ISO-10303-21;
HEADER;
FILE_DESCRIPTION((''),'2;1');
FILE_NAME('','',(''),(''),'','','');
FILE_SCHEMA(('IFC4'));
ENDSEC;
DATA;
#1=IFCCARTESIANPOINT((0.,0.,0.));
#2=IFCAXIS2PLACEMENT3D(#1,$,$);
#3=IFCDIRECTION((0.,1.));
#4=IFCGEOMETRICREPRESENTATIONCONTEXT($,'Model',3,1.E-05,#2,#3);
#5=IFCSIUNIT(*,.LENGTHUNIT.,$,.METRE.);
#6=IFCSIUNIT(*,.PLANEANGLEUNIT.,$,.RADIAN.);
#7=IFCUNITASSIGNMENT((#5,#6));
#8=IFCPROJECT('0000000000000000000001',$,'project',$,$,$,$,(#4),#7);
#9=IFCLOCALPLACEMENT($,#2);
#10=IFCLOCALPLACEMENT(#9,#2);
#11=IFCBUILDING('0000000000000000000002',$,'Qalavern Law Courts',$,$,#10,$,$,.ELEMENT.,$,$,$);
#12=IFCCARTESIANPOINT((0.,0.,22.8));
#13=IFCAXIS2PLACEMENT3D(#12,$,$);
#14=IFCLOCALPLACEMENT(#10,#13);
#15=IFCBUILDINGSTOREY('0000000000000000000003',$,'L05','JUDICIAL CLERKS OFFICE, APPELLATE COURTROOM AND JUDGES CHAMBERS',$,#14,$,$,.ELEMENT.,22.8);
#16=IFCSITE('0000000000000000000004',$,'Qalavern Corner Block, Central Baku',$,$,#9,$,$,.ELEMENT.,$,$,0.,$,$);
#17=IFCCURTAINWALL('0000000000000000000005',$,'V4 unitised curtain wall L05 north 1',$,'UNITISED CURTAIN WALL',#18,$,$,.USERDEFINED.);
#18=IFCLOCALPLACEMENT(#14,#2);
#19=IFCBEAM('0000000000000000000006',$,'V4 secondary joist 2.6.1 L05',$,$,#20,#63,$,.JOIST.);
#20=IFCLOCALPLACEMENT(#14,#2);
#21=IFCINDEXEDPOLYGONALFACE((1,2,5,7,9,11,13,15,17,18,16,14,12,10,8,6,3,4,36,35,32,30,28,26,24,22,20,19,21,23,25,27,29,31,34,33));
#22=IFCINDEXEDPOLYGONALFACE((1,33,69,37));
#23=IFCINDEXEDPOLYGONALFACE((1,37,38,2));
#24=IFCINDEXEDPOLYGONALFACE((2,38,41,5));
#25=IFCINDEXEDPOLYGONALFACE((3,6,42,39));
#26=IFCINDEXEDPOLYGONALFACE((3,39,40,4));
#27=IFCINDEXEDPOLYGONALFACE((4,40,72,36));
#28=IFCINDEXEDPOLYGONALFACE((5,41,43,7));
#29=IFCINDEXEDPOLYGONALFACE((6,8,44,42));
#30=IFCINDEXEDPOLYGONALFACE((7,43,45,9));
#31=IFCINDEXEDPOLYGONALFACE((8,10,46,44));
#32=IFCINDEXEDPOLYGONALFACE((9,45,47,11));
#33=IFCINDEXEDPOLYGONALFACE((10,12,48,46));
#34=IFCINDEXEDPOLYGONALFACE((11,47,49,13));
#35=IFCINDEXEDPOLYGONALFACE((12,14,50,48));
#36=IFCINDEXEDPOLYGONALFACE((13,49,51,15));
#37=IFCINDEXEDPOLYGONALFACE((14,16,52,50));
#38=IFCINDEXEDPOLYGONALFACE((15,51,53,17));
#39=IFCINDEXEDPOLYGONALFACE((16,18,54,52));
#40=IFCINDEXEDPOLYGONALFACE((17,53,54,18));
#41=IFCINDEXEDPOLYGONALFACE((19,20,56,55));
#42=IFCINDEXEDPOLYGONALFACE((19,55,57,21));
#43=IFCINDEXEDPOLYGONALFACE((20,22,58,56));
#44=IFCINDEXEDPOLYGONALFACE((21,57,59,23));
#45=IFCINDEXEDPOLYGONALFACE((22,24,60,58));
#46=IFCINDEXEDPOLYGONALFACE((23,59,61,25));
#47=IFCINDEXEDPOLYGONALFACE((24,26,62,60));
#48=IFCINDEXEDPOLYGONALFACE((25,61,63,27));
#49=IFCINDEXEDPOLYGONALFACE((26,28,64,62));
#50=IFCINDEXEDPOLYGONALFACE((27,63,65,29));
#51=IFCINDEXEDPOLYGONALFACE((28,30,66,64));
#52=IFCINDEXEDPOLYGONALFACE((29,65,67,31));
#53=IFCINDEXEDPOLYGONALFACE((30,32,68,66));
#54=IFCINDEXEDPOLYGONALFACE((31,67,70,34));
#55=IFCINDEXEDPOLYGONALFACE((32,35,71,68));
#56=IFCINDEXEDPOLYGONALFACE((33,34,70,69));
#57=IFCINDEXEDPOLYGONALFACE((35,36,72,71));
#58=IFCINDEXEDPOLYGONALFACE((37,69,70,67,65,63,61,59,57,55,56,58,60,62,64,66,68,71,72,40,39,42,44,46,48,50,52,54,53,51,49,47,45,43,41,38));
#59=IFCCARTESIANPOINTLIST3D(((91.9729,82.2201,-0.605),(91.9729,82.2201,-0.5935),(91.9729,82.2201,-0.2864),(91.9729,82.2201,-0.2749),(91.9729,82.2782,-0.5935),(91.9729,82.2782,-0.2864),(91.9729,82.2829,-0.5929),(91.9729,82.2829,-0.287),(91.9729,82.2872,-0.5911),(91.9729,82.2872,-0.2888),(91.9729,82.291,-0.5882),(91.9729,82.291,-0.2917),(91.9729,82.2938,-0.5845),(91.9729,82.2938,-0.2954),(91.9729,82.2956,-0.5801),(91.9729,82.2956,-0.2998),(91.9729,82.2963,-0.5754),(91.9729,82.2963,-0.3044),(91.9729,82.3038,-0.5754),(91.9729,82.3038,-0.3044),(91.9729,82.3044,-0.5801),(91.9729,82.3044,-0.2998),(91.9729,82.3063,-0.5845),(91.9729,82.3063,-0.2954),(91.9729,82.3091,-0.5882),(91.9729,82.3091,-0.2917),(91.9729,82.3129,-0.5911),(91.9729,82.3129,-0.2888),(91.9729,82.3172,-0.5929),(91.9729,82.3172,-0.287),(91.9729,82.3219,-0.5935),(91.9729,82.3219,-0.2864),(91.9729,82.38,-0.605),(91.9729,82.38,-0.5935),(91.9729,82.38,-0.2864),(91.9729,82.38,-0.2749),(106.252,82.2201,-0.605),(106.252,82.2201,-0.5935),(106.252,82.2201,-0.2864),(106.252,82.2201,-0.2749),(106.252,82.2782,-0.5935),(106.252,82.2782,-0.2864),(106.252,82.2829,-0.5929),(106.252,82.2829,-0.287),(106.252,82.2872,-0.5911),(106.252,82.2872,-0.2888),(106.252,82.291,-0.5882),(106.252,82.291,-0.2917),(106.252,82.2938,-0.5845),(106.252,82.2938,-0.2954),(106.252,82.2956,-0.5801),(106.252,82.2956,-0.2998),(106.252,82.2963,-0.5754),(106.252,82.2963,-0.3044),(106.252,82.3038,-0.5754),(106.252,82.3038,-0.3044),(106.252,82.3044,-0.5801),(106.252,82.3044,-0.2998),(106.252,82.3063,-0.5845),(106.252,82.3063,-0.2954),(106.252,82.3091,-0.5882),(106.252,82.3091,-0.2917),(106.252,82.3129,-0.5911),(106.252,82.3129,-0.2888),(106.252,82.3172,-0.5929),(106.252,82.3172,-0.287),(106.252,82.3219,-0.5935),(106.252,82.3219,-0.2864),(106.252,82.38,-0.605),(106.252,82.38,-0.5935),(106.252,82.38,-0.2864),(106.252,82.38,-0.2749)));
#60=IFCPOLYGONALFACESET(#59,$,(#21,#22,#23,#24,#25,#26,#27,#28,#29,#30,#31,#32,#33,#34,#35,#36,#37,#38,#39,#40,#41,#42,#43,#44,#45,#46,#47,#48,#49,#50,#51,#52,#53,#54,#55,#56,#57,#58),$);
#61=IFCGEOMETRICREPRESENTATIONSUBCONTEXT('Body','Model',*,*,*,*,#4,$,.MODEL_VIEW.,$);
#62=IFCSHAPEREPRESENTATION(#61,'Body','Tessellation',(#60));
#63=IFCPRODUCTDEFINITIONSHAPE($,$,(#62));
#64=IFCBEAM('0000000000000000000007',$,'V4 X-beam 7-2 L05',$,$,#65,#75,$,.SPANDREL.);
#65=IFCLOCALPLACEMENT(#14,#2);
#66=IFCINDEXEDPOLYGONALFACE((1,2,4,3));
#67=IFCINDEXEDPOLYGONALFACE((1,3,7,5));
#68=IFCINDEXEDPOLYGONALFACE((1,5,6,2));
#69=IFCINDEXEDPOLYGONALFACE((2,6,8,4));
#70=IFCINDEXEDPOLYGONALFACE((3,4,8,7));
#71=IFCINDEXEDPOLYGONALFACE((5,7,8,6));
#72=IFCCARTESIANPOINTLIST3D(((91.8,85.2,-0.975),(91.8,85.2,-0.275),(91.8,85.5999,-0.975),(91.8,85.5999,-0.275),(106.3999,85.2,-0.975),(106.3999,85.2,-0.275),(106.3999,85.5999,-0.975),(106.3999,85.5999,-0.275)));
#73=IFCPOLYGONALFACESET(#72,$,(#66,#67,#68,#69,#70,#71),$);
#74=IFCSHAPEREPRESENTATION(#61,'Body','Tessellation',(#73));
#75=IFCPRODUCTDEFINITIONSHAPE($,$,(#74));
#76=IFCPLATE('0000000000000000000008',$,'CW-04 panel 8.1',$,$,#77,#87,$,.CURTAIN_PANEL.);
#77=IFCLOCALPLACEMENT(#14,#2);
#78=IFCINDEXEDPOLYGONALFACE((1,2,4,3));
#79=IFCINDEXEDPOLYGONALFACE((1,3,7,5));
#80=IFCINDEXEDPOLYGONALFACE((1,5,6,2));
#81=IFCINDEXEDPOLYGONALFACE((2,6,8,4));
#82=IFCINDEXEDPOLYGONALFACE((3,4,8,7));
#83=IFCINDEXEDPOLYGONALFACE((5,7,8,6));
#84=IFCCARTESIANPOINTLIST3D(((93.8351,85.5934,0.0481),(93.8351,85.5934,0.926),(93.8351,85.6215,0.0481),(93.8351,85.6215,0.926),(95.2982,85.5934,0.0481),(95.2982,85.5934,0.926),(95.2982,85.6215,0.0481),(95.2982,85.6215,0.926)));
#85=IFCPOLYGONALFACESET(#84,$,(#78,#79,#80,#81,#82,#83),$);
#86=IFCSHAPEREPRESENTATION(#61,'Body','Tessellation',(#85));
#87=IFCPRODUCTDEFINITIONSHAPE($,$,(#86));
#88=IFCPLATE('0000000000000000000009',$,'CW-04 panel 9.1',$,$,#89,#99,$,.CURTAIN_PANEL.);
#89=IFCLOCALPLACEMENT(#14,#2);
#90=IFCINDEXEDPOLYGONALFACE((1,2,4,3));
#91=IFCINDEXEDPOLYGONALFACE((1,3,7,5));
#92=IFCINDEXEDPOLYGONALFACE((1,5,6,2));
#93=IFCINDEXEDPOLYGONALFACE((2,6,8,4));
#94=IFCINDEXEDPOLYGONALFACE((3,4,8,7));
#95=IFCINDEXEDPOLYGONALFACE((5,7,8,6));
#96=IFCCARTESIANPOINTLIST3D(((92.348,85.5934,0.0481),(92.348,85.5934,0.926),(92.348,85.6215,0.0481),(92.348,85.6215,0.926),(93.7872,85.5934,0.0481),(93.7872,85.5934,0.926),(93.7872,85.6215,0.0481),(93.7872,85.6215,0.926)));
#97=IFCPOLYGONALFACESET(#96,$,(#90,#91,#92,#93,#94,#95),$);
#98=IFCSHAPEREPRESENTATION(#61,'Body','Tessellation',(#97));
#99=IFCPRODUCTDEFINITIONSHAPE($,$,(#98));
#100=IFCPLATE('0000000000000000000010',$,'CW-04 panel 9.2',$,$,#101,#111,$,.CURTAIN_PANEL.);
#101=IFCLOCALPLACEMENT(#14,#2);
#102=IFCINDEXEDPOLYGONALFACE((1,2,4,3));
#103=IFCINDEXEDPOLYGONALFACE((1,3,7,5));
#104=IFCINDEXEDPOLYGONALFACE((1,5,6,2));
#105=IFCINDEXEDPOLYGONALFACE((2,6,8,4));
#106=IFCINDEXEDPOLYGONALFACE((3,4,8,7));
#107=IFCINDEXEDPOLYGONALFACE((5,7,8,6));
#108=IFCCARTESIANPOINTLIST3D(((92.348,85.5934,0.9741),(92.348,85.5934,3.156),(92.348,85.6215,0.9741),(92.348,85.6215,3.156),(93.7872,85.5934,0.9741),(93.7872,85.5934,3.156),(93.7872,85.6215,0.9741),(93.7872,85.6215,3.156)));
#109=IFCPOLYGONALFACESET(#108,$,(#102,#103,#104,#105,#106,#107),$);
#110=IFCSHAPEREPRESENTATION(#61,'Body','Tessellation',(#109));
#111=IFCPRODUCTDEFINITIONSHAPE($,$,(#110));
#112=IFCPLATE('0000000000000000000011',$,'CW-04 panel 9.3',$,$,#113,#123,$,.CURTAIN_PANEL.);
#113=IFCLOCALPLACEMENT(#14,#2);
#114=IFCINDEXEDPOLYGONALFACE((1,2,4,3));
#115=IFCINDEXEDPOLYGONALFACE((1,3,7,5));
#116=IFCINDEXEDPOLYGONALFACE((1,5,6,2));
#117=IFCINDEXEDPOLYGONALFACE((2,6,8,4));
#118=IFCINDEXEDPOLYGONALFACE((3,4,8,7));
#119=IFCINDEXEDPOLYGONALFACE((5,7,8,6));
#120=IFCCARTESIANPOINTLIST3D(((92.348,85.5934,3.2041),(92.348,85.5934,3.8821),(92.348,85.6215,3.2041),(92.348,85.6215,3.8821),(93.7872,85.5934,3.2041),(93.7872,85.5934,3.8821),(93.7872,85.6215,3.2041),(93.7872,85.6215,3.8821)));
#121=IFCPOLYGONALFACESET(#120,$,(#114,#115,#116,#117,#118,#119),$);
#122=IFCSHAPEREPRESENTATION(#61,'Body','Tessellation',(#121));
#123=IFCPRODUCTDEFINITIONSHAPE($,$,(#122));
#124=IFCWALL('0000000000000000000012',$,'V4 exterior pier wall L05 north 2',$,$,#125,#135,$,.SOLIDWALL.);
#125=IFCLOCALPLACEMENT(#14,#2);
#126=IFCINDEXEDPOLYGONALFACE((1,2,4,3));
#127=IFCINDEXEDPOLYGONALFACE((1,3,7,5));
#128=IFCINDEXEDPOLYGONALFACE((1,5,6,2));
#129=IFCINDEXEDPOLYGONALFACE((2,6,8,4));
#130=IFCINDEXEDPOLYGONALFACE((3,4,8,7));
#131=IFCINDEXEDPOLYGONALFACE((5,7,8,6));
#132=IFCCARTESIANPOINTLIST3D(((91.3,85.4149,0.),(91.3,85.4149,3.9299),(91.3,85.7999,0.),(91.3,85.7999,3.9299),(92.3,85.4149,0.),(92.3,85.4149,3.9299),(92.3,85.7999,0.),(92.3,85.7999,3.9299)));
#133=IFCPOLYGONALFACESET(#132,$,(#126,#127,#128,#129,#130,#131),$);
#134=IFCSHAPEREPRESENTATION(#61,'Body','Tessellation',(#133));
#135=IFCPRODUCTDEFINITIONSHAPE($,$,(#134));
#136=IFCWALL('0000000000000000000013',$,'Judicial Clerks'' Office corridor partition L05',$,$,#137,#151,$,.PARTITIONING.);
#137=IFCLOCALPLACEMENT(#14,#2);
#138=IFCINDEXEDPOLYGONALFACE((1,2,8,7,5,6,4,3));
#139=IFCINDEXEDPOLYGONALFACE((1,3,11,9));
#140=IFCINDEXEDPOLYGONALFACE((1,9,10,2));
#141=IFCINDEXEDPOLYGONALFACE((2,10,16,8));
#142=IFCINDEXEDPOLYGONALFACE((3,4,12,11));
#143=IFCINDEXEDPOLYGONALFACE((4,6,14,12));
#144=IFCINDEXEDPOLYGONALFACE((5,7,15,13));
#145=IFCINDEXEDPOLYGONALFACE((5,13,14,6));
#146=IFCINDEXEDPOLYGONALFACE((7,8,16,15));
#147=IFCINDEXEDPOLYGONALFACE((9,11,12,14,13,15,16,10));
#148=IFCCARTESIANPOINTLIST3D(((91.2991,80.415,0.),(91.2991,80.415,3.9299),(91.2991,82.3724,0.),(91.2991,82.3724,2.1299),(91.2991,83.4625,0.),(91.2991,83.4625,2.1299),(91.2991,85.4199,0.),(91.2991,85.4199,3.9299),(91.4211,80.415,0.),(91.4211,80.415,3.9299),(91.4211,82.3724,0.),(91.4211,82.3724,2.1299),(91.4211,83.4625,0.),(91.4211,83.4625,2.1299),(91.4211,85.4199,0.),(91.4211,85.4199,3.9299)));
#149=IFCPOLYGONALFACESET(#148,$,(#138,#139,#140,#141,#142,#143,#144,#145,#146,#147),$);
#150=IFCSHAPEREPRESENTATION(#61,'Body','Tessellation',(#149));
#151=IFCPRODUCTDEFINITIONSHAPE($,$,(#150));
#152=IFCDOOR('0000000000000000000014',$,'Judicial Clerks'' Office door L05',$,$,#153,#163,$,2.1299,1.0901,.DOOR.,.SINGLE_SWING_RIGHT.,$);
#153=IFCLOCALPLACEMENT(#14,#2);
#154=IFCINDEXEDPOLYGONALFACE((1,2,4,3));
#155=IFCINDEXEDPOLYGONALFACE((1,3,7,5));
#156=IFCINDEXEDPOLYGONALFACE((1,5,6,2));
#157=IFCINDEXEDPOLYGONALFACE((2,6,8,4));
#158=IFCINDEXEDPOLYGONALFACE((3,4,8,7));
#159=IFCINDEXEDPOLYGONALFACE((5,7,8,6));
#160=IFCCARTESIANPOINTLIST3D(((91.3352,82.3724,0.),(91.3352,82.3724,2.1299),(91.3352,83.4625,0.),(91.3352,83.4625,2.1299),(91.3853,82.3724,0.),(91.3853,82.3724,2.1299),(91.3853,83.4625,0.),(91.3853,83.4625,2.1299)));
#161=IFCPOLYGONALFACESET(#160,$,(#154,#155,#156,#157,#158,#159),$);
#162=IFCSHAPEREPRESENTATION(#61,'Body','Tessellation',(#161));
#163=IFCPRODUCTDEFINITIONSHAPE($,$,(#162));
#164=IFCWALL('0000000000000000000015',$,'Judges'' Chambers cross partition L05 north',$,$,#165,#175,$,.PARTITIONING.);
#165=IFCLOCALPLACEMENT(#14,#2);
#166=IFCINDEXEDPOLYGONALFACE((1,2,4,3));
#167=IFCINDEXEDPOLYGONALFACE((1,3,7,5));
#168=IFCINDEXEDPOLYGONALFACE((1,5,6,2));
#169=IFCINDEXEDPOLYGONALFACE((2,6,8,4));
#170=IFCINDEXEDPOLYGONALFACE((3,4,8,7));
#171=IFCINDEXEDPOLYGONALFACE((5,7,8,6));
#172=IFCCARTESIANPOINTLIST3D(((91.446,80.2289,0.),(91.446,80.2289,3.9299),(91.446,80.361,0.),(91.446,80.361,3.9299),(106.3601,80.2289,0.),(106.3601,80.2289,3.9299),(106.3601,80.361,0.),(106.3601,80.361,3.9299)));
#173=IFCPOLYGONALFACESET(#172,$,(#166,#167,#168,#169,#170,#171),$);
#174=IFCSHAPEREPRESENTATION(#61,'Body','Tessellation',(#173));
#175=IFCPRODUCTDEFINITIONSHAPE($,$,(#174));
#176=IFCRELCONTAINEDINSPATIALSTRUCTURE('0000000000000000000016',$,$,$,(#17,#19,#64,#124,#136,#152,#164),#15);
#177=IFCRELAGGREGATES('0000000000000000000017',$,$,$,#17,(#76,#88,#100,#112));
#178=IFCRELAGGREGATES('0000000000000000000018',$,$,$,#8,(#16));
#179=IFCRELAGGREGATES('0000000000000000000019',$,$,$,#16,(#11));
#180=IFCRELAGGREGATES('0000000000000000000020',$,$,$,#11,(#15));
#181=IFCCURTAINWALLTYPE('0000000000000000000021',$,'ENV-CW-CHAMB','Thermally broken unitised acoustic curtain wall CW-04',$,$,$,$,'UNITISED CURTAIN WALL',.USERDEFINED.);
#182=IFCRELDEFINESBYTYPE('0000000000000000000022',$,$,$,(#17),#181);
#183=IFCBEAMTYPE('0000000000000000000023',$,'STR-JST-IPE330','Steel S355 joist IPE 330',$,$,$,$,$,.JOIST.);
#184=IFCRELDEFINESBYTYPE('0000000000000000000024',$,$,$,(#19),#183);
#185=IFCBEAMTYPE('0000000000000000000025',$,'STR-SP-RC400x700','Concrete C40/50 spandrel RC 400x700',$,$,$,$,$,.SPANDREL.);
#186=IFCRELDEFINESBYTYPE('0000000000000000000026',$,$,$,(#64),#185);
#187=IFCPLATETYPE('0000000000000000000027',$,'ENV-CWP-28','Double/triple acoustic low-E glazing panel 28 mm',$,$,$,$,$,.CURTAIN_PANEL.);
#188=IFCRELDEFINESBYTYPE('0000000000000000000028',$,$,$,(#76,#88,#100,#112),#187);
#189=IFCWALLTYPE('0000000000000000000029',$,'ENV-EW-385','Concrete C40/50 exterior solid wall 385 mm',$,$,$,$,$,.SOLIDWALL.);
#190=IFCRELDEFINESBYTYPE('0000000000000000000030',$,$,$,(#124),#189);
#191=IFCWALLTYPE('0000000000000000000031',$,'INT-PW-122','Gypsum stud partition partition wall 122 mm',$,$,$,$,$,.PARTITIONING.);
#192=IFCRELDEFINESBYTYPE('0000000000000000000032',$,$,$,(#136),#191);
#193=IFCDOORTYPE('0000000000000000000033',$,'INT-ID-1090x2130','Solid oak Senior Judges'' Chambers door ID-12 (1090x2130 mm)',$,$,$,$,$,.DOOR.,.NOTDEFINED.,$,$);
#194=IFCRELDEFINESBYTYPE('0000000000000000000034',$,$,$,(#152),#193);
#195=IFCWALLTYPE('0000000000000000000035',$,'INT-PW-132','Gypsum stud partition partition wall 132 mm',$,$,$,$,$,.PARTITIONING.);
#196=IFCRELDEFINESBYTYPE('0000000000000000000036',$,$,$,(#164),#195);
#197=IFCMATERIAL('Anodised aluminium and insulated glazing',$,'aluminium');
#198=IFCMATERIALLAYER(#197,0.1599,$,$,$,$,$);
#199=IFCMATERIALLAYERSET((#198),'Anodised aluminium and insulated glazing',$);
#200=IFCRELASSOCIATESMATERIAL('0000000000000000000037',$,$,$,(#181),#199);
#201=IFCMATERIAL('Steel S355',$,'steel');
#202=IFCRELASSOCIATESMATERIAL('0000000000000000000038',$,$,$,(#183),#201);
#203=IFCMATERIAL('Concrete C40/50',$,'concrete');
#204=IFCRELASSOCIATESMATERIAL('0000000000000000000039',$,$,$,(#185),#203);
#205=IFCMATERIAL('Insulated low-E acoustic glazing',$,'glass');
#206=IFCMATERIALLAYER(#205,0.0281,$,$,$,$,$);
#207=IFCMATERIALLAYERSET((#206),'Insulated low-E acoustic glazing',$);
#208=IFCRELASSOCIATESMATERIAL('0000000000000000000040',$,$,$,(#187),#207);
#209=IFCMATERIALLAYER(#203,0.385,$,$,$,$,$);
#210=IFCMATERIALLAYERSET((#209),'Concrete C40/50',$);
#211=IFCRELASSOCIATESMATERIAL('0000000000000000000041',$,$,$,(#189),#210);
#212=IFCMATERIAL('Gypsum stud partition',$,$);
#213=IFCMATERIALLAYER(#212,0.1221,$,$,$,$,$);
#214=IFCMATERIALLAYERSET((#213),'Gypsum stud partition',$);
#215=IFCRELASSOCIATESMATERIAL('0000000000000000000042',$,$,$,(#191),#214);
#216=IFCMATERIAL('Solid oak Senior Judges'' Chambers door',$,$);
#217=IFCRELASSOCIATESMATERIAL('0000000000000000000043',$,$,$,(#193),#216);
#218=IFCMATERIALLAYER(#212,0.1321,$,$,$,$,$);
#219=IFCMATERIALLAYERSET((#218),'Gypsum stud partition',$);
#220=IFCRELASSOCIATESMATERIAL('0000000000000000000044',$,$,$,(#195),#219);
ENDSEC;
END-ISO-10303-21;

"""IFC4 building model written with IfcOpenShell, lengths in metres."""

from ifc_helpers import new_model, si_unit, direction, frame, frame_2d, origin, origin_2d, place, context, subcontext, project, spatial, rectangle, i_section, extrude, material, layer, layer_set, material_profile, profile_set, type_object, element, fill, aggregate, save


model = new_model("IFC4")

# Units and contexts
model_context = context("Model", 3, precision=1e-05, world=origin(), true_north=direction((0.0, 1.0)))
body_context = subcontext(model_context, "Body", "Model", "MODEL_VIEW")
ifc_project = project(units=[si_unit("LENGTHUNIT", "METRE"), si_unit("PLANEANGLEUNIT", "RADIAN")], contexts=[model_context])

# Site, building, storey
site_placement = place(None, origin())
site = spatial("IfcSite", under=ifc_project, at=site_placement, Name="Qalavern Corner Block, Central Baku", CompositionType="ELEMENT", RefElevation=0.0)
building_placement = place(site_placement, origin())
building = spatial("IfcBuilding", under=site, at=building_placement, Name="Qalavern Law Courts", CompositionType="ELEMENT")
storey_placement = place(building_placement, frame((0.0, 0.0, 22.8)))
storey = spatial("IfcBuildingStorey", under=building, at=storey_placement, Name="L05", Description="JUDICIAL CLERKS OFFICE, APPELLATE COURTROOM AND JUDGES CHAMBERS", CompositionType="ELEMENT", Elevation=22.8)

# Curtain wall
ifc_material_1 = material(Name="Anodised aluminium and insulated glazing", Category="aluminium")
ifc_layer_1 = layer(ifc_material_1, 0.1599)
ifc_layer_set_1 = layer_set([ifc_layer_1], Name="Anodised aluminium and insulated glazing")
curtain_wall_type = type_object("IfcCurtainWallType", Name="ENV-CW-CHAMB", Description="Thermally broken unitised acoustic curtain wall CW-04", ElementType="UNITISED CURTAIN WALL", PredefinedType="USERDEFINED", material=ifc_layer_set_1)
curtain_wall_placement = place(storey_placement, origin())
curtain_wall = element("IfcCurtainWall", 1, at=curtain_wall_placement, inside=storey, type_object=curtain_wall_type, Name="V4 unitised curtain wall L05 north 1", ObjectType="UNITISED CURTAIN WALL", PredefinedType="USERDEFINED")

# Beams
ifc_material_2 = material(Name="Concrete C40/50", Category="concrete")
ifc_material_3 = material(Name="Steel S355", Category="steel")
ifc_material_profile_1 = material_profile(ifc_material_3, i_section(OverallWidth=0.1599, OverallDepth=0.3301, WebThickness=0.0076, FlangeThickness=0.0115, FilletRadius=0.0181, at=origin_2d()), Name="IPE 330")
ifc_profile_set_1 = profile_set([ifc_material_profile_1], Name="Steel S355")
beam_type_1 = type_object("IfcBeamType", Name="STR-JST-IPE330", Description="Steel S355 joist IPE 330", PredefinedType="JOIST", material=ifc_profile_set_1)
beam_1_placement = place(storey_placement, frame((91.9729, 82.3, -0.4399), z_axis=(1.0, 0.0, 0.0), x_axis=(0.0, 1.0, 0.0)))
element("IfcBeam", 2, at=beam_1_placement, inside=storey, type_object=beam_type_1, Name="V4 secondary joist 2.6.1 L05", PredefinedType="JOIST", context=body_context, shape_type="SweptSolid", body=[
    extrude(i_section(OverallWidth=0.1599, OverallDepth=0.3301, WebThickness=0.0076, FlangeThickness=0.0115, FilletRadius=0.0181, at=origin_2d()), origin(), (0.0, 0.0, 1.0), 14.2791),
])
ifc_material_profile_2 = material_profile(ifc_material_2, rectangle(XDim=0.3999, YDim=0.7, at=origin_2d()), Name="RC 400x700")
ifc_profile_set_2 = profile_set([ifc_material_profile_2], Name="Concrete C40/50")
beam_type_2 = type_object("IfcBeamType", Name="STR-SP-RC400x700", Description="Concrete C40/50 spandrel RC 400x700", PredefinedType="SPANDREL", material=ifc_profile_set_2)
beam_2_placement = place(storey_placement, frame((91.8, 85.3999, -0.625), z_axis=(1.0, 0.0, 0.0), x_axis=(0.0, 1.0, 0.0)))
element("IfcBeam", 3, at=beam_2_placement, inside=storey, type_object=beam_type_2, Name="V4 X-beam 7-2 L05", PredefinedType="SPANDREL", context=body_context, shape_type="SweptSolid", body=[
    extrude(rectangle(XDim=0.3999, YDim=0.7, at=origin_2d()), origin(), (0.0, 0.0, 1.0), 14.5999),
])

# Plates
ifc_material_4 = material(Name="Insulated low-E acoustic glazing", Category="glass")
ifc_layer_2 = layer(ifc_material_4, 0.0281)
ifc_layer_set_2 = layer_set([ifc_layer_2], Name="Insulated low-E acoustic glazing")
plate_type = type_object("IfcPlateType", Name="ENV-CWP-28", Description="Double/triple acoustic low-E glazing panel 28 mm", PredefinedType="CURTAIN_PANEL", material=ifc_layer_set_2)
plate_1_placement = place(storey_placement, frame((94.5667, 85.6074, 0.0481), z_axis=(0.0, 0.0, 1.0), x_axis=(-1.0, 0.0, 0.0)))
plate_1 = element("IfcPlate", 4, at=plate_1_placement, type_object=plate_type, Name="CW-04 panel 8.1", PredefinedType="CURTAIN_PANEL", context=body_context, shape_type="SweptSolid", body=[
    extrude(rectangle(XDim=1.4631, YDim=0.0281, at=origin_2d()), origin(), (0.0, 0.0, 1.0), 0.8779),
])
plate_2_placement = place(storey_placement, frame((93.0676, 85.6074, 0.0481), z_axis=(0.0, 0.0, 1.0), x_axis=(-1.0, 0.0, 0.0)))
plate_2 = element("IfcPlate", 5, at=plate_2_placement, type_object=plate_type, Name="CW-04 panel 9.1", PredefinedType="CURTAIN_PANEL", context=body_context, shape_type="SweptSolid", body=[
    extrude(rectangle(XDim=1.4392, YDim=0.0281, at=origin_2d()), origin(), (0.0, 0.0, 1.0), 0.8779),
])
plate_3_placement = place(storey_placement, frame((93.0676, 85.6074, 0.9741), z_axis=(0.0, 0.0, 1.0), x_axis=(-1.0, 0.0, 0.0)))
plate_3 = element("IfcPlate", 6, at=plate_3_placement, type_object=plate_type, Name="CW-04 panel 9.2", PredefinedType="CURTAIN_PANEL", context=body_context, shape_type="SweptSolid", body=[
    extrude(rectangle(XDim=1.4392, YDim=0.0281, at=origin_2d()), origin(), (0.0, 0.0, 1.0), 2.1819),
])
plate_4_placement = place(storey_placement, frame((93.0676, 85.6074, 3.2041), z_axis=(0.0, 0.0, 1.0), x_axis=(-1.0, 0.0, 0.0)))
plate_4 = element("IfcPlate", 7, at=plate_4_placement, type_object=plate_type, Name="CW-04 panel 9.3", PredefinedType="CURTAIN_PANEL", context=body_context, shape_type="SweptSolid", body=[
    extrude(rectangle(XDim=1.4392, YDim=0.0281, at=origin_2d()), origin(), (0.0, 0.0, 1.0), 0.678),
])
aggregate(curtain_wall, [plate_1, plate_2, plate_3, plate_4])

# Wall
ifc_layer_3 = layer(ifc_material_2, 0.385)
ifc_layer_set_3 = layer_set([ifc_layer_3], Name="Concrete C40/50")
wall_type_1 = type_object("IfcWallType", Name="ENV-EW-385", Description="Concrete C40/50 exterior solid wall 385 mm", PredefinedType="SOLIDWALL", material=ifc_layer_set_3)
wall_1_placement = place(storey_placement, frame((92.3, 85.6074, 0.0), z_axis=(0.0, 0.0, 1.0), x_axis=(-1.0, 0.0, 0.0)))
element("IfcWall", 8, at=wall_1_placement, inside=storey, type_object=wall_type_1, Name="V4 exterior pier wall L05 north 2", PredefinedType="SOLIDWALL", context=body_context, shape_type="SweptSolid", body=[
    extrude(rectangle(XDim=1.0, YDim=0.385, at=frame_2d((0.5, 0.0))), origin(), (0.0, 0.0, 1.0), 3.9299),
])

# Wall, opening, door
ifc_material_5 = material(Name="Gypsum stud partition")
ifc_layer_4 = layer(ifc_material_5, 0.1221)
ifc_layer_set_4 = layer_set([ifc_layer_4], Name="Gypsum stud partition")
wall_type_2 = type_object("IfcWallType", Name="INT-PW-122", Description="Gypsum stud partition partition wall 122 mm", PredefinedType="PARTITIONING", material=ifc_layer_set_4)
wall_2_placement = place(storey_placement, frame((91.3601, 80.415, 0.0), z_axis=(0.0, 0.0, 1.0), x_axis=(0.0, 1.0, 0.0)))
wall_2 = element("IfcWall", 9, at=wall_2_placement, inside=storey, type_object=wall_type_2, Name="Judicial Clerks' Office corridor partition L05", PredefinedType="PARTITIONING", context=body_context, shape_type="SweptSolid", body=[
    extrude(rectangle(XDim=5.0049, YDim=0.1221, at=frame_2d((2.5024, 0.0))), origin(), (0.0, 0.0, 1.0), 3.9299),
])
opening_placement = place(wall_2_placement, frame((1.9575, 0.0, 0.0)))
opening = element("IfcOpeningElement", 10, at=opening_placement, cuts=wall_2, PredefinedType="OPENING", context=body_context, shape_type="SweptSolid", body=[
    extrude(rectangle(XDim=1.0901, YDim=2.1299, at=frame_2d((0.5449, 1.0649))), frame((0.0, 0.0759, 0.0), z_axis=(0.0, -1.0, 0.0), x_axis=(1.0, 0.0, 0.0)), (0.0, 0.0, 1.0), 0.1519),
])
ifc_material_6 = material(Name="Solid oak Senior Judges' Chambers door")
door_type = type_object("IfcDoorType", Name="INT-ID-1090x2130", Description="Solid oak Senior Judges' Chambers door ID-12 (1090x2130 mm)", OperationType="NOTDEFINED", PredefinedType="DOOR", material=ifc_material_6)
door_placement = place(opening_placement, origin())
door = element("IfcDoor", 11, at=door_placement, inside=storey, type_object=door_type, Name="Judicial Clerks' Office door L05", OperationType="SINGLE_SWING_RIGHT", OverallHeight=2.1299, OverallWidth=1.0901, PredefinedType="DOOR", context=body_context, shape_type="SweptSolid", body=[
    extrude(rectangle(XDim=1.0901, YDim=2.1299, at=frame_2d((0.5449, 1.0649))), frame((0.0, 0.0249, 0.0), z_axis=(0.0, -1.0, 0.0), x_axis=(1.0, 0.0, 0.0)), (0.0, 0.0, 1.0), 0.05),
])
fill(opening, door)

# Wall
ifc_layer_5 = layer(ifc_material_5, 0.1321)
ifc_layer_set_5 = layer_set([ifc_layer_5], Name="Gypsum stud partition")
wall_type_3 = type_object("IfcWallType", Name="INT-PW-132", Description="Gypsum stud partition partition wall 132 mm", PredefinedType="PARTITIONING", material=ifc_layer_set_5)
wall_3_placement = place(storey_placement, frame((91.446, 80.2949, 0.0), z_axis=(0.0, 0.0, 1.0), x_axis=(1.0, 0.0, 0.0)))
element("IfcWall", 12, at=wall_3_placement, inside=storey, type_object=wall_type_3, Name="Judges' Chambers cross partition L05 north", PredefinedType="PARTITIONING", context=body_context, shape_type="SweptSolid", body=[
    extrude(rectangle(XDim=14.9141, YDim=0.1321, at=frame_2d((7.457, 0.0))), origin(), (0.0, 0.0, 1.0), 3.9299),
])

save(model, "model.ifc")
